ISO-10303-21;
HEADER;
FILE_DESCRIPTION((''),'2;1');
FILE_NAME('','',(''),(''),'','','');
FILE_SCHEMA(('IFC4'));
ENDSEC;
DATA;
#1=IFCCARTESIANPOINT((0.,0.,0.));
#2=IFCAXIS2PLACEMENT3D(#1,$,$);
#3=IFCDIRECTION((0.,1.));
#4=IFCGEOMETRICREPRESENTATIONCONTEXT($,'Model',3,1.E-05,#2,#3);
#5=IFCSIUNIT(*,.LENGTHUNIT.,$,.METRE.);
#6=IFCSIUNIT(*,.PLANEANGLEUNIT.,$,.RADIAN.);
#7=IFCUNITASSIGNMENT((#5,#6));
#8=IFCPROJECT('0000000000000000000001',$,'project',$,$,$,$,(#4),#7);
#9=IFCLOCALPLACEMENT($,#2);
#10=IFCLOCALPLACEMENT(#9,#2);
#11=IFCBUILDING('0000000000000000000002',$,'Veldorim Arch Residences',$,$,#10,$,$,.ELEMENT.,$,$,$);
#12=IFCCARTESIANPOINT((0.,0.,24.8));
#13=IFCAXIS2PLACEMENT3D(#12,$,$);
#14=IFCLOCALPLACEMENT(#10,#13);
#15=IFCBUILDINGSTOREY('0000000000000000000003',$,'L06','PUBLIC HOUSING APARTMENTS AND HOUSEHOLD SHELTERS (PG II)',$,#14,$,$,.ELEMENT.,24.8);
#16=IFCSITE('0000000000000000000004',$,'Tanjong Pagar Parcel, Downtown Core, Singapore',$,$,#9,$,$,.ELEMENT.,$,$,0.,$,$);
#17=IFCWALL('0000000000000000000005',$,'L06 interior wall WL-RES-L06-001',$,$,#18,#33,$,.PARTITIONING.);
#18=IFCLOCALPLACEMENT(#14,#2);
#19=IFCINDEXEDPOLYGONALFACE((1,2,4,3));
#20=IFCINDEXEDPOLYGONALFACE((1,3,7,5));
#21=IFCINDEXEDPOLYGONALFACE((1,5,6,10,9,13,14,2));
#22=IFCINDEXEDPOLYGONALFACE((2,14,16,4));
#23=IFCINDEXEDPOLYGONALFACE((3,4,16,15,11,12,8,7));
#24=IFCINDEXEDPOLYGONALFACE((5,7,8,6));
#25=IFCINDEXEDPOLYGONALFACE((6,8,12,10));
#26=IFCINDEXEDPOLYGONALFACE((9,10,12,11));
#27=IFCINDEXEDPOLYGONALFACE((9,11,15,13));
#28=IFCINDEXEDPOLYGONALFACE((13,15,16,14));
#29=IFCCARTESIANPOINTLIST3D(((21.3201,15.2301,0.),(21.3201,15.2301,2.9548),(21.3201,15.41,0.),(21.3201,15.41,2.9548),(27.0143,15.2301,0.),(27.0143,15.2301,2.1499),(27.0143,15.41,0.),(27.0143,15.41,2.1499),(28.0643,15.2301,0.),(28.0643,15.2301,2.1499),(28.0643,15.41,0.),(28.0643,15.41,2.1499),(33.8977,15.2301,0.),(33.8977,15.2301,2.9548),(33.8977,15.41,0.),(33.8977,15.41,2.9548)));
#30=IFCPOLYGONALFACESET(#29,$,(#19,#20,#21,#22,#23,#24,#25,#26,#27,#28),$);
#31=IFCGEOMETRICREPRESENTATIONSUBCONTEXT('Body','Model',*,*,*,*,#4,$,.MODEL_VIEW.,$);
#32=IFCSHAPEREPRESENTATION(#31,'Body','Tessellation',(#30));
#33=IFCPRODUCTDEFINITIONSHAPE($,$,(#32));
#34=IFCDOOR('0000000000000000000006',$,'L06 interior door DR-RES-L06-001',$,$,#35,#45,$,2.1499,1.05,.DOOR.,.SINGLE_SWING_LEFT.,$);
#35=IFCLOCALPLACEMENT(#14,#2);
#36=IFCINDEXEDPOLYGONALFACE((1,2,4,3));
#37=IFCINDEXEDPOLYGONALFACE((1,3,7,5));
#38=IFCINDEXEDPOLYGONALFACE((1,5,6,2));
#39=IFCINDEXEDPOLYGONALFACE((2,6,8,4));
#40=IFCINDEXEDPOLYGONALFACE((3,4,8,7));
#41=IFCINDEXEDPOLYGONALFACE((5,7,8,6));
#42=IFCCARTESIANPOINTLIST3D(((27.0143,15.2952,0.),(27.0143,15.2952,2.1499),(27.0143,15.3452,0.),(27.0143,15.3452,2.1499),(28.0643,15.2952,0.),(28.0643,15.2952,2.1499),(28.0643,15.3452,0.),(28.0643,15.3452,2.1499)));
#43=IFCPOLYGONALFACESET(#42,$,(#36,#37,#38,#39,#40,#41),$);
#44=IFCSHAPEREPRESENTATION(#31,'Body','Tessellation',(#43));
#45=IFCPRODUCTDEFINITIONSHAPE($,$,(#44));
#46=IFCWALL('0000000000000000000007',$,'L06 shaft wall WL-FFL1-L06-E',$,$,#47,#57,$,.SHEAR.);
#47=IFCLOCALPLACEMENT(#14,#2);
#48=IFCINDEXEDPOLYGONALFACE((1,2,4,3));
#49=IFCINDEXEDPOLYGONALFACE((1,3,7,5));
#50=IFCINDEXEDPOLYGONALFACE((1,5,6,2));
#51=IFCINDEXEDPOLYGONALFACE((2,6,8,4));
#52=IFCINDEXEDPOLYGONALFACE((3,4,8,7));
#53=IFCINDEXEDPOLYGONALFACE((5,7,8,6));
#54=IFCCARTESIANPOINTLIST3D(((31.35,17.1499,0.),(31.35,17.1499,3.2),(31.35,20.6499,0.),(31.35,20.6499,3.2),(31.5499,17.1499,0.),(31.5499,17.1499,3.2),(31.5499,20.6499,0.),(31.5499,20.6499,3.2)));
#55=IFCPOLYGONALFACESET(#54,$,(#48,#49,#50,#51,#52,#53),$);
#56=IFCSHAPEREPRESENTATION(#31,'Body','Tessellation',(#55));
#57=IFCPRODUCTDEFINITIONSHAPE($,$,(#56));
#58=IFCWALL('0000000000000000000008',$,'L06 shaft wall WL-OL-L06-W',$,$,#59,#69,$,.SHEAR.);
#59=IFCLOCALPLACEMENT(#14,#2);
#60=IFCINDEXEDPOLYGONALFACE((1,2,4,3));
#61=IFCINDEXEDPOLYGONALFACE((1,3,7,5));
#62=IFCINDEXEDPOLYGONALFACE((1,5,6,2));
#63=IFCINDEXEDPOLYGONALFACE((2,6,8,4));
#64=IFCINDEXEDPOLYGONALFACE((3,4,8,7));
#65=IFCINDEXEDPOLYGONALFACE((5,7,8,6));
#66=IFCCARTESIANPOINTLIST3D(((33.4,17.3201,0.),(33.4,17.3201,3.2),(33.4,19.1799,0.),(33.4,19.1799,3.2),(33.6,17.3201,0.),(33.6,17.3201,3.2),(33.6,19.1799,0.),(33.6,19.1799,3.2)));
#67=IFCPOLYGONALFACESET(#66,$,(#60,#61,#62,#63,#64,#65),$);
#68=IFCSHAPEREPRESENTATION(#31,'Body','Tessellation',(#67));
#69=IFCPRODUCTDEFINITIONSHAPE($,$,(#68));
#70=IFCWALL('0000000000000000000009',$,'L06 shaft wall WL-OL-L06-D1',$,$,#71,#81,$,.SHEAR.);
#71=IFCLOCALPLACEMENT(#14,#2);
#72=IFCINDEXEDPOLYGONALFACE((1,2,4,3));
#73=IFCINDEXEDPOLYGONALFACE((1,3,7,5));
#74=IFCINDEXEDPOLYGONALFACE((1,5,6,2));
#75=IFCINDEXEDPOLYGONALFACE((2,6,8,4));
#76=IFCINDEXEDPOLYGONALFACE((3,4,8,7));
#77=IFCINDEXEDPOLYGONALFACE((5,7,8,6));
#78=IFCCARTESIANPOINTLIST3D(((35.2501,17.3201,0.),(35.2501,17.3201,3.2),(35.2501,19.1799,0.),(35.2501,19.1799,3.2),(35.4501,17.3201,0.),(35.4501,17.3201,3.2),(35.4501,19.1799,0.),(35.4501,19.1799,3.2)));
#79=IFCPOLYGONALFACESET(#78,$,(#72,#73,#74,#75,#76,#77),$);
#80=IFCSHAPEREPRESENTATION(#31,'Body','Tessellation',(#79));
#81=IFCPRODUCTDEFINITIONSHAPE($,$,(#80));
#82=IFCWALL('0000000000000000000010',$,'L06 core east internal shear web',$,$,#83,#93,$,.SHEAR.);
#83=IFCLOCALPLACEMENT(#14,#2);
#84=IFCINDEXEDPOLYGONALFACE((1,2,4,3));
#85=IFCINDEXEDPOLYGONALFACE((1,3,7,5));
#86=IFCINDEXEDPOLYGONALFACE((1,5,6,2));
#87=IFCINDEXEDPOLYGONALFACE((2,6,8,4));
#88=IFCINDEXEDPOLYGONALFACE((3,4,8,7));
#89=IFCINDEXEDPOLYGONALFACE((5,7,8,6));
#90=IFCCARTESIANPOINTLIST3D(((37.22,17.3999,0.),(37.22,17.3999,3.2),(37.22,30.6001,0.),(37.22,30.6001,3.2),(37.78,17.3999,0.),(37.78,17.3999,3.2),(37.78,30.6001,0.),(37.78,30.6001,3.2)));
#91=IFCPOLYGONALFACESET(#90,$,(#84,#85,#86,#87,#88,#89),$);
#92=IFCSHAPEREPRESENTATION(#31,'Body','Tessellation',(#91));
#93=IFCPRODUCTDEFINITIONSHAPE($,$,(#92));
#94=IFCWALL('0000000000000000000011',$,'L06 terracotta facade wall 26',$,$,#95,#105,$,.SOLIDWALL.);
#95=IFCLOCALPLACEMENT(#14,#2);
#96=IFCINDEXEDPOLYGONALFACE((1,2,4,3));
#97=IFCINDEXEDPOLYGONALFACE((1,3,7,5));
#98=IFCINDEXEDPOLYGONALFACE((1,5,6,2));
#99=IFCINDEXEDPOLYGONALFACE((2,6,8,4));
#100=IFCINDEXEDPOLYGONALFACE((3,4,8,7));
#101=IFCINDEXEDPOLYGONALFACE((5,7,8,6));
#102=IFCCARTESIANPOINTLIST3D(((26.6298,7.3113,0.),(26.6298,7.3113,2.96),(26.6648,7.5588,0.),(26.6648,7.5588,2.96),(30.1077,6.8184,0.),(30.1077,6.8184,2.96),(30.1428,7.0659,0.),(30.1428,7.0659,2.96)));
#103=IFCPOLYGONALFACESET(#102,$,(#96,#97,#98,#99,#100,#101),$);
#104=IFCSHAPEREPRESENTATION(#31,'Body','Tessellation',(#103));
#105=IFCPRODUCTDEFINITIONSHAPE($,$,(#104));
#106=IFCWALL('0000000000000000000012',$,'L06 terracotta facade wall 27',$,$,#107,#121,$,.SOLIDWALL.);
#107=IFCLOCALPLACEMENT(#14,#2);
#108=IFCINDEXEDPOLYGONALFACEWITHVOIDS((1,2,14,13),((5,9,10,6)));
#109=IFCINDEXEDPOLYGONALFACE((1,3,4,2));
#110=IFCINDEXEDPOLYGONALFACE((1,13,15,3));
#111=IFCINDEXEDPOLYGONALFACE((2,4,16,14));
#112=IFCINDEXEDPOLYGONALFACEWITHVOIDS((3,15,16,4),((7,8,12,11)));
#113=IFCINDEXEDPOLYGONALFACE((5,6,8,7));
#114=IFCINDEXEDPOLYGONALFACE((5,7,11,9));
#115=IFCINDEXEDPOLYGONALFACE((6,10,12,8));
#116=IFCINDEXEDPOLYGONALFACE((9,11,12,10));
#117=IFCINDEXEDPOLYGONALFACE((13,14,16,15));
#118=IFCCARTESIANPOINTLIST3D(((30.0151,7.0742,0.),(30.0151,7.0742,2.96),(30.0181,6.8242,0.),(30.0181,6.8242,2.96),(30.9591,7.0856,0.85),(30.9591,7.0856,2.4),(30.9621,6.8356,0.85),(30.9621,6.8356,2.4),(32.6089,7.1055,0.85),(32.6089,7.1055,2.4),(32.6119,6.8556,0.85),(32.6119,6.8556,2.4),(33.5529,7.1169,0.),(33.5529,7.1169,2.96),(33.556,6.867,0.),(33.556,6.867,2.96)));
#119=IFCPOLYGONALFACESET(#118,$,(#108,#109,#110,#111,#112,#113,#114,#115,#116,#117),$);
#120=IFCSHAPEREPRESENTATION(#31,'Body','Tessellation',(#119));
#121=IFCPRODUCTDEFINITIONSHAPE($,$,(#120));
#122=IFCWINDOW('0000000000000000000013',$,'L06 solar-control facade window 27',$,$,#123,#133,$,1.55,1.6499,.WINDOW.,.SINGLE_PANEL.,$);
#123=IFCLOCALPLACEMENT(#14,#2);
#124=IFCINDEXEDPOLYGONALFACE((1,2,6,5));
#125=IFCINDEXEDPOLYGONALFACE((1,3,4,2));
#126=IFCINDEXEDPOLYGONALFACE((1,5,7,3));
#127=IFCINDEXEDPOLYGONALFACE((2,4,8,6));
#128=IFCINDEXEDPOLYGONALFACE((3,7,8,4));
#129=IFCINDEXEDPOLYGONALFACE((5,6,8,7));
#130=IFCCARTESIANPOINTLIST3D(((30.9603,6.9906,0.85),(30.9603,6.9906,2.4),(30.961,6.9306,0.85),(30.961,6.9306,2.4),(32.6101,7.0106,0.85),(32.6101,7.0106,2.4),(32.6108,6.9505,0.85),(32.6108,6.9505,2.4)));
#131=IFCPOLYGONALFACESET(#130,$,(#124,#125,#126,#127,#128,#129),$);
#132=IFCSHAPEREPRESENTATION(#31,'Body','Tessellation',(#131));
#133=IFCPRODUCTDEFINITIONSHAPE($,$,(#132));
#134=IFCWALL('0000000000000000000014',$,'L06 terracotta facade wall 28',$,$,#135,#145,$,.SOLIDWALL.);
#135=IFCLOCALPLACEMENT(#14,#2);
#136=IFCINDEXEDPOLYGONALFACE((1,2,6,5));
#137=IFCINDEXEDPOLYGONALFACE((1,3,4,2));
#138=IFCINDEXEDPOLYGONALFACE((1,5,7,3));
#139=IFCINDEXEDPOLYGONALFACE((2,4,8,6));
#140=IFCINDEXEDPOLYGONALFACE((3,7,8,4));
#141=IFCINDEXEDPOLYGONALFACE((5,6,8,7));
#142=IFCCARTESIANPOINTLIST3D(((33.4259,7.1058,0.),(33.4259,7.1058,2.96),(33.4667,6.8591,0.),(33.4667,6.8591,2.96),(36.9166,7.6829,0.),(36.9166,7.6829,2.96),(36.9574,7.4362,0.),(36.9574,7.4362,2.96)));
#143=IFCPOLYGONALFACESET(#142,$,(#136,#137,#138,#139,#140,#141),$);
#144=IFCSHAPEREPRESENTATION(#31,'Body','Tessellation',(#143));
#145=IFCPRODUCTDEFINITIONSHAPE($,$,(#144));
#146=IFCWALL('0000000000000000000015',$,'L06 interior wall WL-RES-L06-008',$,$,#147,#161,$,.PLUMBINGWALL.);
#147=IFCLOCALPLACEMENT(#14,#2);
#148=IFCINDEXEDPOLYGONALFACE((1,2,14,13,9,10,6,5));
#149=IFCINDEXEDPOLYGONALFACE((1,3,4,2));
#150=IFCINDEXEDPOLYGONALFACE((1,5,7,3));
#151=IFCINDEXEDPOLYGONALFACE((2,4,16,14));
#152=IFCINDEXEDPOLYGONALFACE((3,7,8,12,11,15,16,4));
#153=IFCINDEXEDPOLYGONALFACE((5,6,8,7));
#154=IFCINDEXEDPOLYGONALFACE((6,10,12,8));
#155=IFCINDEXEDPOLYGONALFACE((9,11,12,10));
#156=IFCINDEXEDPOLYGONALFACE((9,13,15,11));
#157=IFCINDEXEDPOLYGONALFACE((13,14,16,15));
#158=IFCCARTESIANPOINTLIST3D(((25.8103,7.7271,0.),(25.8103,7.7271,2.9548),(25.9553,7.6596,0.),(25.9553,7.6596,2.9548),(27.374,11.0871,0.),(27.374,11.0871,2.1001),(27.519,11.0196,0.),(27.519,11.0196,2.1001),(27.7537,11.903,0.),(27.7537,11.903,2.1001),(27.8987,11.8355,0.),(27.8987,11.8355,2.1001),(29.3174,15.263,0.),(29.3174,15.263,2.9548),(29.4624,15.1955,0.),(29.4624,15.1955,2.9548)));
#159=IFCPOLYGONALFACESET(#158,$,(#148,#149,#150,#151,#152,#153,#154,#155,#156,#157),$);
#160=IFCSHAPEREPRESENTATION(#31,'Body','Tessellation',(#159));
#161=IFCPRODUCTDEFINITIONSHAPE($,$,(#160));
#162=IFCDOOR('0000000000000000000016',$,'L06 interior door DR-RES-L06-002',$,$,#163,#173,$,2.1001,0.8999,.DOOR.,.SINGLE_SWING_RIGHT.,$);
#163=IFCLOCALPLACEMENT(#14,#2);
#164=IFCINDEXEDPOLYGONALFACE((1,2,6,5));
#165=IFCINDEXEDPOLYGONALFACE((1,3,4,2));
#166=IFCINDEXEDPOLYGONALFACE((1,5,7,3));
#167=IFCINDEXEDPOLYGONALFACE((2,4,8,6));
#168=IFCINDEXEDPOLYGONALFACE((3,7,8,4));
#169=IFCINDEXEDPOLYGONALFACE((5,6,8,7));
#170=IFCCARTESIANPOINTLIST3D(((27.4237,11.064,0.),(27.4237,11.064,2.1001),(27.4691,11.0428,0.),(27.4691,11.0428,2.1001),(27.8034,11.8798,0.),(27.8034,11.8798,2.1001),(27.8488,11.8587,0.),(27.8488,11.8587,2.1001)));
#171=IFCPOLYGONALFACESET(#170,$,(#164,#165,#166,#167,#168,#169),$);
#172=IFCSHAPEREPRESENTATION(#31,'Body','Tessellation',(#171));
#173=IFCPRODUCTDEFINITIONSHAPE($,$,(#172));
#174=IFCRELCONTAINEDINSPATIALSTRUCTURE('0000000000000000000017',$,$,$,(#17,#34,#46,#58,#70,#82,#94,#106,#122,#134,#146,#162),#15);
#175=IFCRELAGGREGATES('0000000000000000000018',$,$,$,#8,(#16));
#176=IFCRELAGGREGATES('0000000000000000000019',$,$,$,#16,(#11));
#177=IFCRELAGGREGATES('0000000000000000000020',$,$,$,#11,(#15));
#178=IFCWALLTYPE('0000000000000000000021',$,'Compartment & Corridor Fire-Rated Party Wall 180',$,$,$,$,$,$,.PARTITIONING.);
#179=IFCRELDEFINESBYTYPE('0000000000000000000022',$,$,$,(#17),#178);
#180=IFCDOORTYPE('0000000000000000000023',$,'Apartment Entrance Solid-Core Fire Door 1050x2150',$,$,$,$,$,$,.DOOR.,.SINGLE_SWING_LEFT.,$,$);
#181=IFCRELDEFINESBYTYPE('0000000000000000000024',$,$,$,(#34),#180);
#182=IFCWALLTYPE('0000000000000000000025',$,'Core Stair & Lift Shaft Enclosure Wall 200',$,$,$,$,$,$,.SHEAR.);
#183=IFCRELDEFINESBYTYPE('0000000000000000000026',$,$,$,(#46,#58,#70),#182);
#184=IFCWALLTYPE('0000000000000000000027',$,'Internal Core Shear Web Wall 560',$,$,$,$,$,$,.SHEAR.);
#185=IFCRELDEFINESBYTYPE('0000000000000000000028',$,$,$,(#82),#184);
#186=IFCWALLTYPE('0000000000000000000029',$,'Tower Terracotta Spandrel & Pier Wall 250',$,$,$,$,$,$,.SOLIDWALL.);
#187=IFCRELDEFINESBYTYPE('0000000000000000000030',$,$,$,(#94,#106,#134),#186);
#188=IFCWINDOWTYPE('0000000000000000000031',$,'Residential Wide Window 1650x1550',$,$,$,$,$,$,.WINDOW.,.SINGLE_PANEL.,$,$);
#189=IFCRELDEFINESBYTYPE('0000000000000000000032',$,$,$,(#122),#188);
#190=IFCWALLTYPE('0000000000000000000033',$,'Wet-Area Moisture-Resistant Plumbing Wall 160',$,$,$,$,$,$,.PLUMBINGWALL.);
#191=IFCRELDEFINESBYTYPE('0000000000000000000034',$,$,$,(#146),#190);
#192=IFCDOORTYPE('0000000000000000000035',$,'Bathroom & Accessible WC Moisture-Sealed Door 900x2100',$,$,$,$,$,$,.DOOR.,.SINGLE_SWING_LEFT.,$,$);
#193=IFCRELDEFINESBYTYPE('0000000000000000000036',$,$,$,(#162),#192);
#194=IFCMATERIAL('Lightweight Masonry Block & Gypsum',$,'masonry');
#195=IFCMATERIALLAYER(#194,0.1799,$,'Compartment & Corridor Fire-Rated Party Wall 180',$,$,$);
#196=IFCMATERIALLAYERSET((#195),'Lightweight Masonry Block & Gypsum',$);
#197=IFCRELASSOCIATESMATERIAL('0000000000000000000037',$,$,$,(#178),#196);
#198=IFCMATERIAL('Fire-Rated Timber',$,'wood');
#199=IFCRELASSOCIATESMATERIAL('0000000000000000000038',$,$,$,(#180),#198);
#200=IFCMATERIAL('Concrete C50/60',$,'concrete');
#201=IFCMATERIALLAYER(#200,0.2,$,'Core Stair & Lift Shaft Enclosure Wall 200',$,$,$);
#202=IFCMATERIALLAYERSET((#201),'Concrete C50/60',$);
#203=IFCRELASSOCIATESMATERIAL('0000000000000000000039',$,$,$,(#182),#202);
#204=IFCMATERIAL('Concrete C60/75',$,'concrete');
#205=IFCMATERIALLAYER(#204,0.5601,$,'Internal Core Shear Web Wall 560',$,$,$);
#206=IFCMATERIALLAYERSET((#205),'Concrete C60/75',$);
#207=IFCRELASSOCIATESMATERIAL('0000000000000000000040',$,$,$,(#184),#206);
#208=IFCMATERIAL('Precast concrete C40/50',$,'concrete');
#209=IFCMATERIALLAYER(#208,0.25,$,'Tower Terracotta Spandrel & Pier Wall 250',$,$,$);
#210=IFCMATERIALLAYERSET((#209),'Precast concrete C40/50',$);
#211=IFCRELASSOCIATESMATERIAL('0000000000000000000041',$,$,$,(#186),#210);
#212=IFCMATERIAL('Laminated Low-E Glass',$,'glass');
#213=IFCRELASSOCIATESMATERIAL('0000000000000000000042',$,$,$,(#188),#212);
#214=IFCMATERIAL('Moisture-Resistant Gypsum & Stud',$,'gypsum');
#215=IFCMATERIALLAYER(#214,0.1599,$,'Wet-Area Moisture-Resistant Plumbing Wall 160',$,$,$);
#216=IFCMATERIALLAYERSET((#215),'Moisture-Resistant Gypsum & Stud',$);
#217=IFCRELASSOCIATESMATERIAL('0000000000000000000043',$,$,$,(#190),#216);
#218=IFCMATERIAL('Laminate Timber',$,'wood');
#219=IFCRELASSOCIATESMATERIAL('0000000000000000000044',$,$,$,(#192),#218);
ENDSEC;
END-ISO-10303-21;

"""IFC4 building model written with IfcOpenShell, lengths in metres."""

from ifc_helpers import new_model, si_unit, direction, frame, frame_2d, origin, place, context, subcontext, project, spatial, rectangle, extrude, material, layer, layer_set, type_object, element, fill, save


model = new_model("IFC4")

# Units and contexts
model_context = context("Model", 3, precision=1e-05, world=origin(), true_north=direction((0.0, 1.0)))
body_context = subcontext(model_context, "Body", "Model", "MODEL_VIEW")
ifc_project = project(units=[si_unit("LENGTHUNIT", "METRE"), si_unit("PLANEANGLEUNIT", "RADIAN")], contexts=[model_context])

# Site, building, storey
site_placement = place(None, origin())
site = spatial("IfcSite", under=ifc_project, at=site_placement, Name="Tanjong Pagar Parcel, Downtown Core, Singapore", CompositionType="ELEMENT", RefElevation=0.0)
building_placement = place(site_placement, origin())
building = spatial("IfcBuilding", under=site, at=building_placement, Name="Veldorim Arch Residences", CompositionType="ELEMENT")
storey_placement = place(building_placement, frame((0.0, 0.0, 24.8)))
storey = spatial("IfcBuildingStorey", under=building, at=storey_placement, Name="L06", Description="PUBLIC HOUSING APARTMENTS AND HOUSEHOLD SHELTERS (PG II)", CompositionType="ELEMENT", Elevation=24.8)

# Shared definitions
ifc_material_1 = material(Name="Lightweight Masonry Block & Gypsum", Category="masonry")
ifc_layer_1 = layer(ifc_material_1, 0.1799, Name="Compartment & Corridor Fire-Rated Party Wall 180")
ifc_layer_set_1 = layer_set([ifc_layer_1], Name="Lightweight Masonry Block & Gypsum")
wall_type_1 = type_object("IfcWallType", Name="Compartment & Corridor Fire-Rated Party Wall 180", PredefinedType="PARTITIONING", material=ifc_layer_set_1)

# Wall, opening, door
wall_1_placement = place(storey_placement, frame((33.8977, 15.3201, 0.0), z_axis=(0.0, 0.0, 1.0), x_axis=(-1.0, 0.0, 0.0)))
wall_1 = element("IfcWall", 1, at=wall_1_placement, inside=storey, type_object=wall_type_1, Name="L06 interior wall WL-RES-L06-001", PredefinedType="PARTITIONING", context=body_context, shape_type="SweptSolid", body=[
    extrude(rectangle(XDim=12.5776, YDim=0.1799, at=frame_2d((6.2888, 0.0))), origin(), (0.0, 0.0, 1.0), 2.9548),
])
opening_1_placement = place(wall_1_placement, frame((5.8335, 0.0, 0.0)))
opening_1 = element("IfcOpeningElement", 2, at=opening_1_placement, cuts=wall_1, PredefinedType="OPENING", context=body_context, shape_type="SweptSolid", body=[
    extrude(rectangle(XDim=1.05, YDim=2.1499, at=frame_2d((0.5249, 1.075))), frame((0.0, 0.0999, 0.0), z_axis=(0.0, -1.0, 0.0), x_axis=(1.0, 0.0, 0.0)), (0.0, 0.0, 1.0), 0.2),
])
ifc_material_2 = material(Name="Fire-Rated Timber", Category="wood")
door_type_1 = type_object("IfcDoorType", Name="Apartment Entrance Solid-Core Fire Door 1050x2150", OperationType="SINGLE_SWING_LEFT", PredefinedType="DOOR", material=ifc_material_2)
door_1_placement = place(opening_1_placement, origin())
door_1 = element("IfcDoor", 3, at=door_1_placement, inside=storey, type_object=door_type_1, Name="L06 interior door DR-RES-L06-001", OperationType="SINGLE_SWING_LEFT", OverallHeight=2.1499, OverallWidth=1.05, PredefinedType="DOOR", context=body_context, shape_type="SweptSolid", body=[
    extrude(rectangle(XDim=1.05, YDim=2.1499, at=frame_2d((0.5249, 1.075))), frame((0.0, 0.0249, 0.0), z_axis=(0.0, -1.0, 0.0), x_axis=(1.0, 0.0, 0.0)), (0.0, 0.0, 1.0), 0.05),
])
fill(opening_1, door_1)

# Walls
ifc_material_3 = material(Name="Concrete C50/60", Category="concrete")
ifc_layer_2 = layer(ifc_material_3, 0.2, Name="Core Stair & Lift Shaft Enclosure Wall 200")
ifc_layer_set_2 = layer_set([ifc_layer_2], Name="Concrete C50/60")
wall_type_2 = type_object("IfcWallType", Name="Core Stair & Lift Shaft Enclosure Wall 200", PredefinedType="SHEAR", material=ifc_layer_set_2)
wall_2_placement = place(storey_placement, frame((31.45, 17.1499, 0.0), z_axis=(0.0, 0.0, 1.0), x_axis=(0.0, 1.0, 0.0)))
element("IfcWall", 4, at=wall_2_placement, inside=storey, type_object=wall_type_2, Name="L06 shaft wall WL-FFL1-L06-E", PredefinedType="SHEAR", context=body_context, shape_type="SweptSolid", body=[
    extrude(rectangle(XDim=3.5, YDim=0.2, at=frame_2d((1.75, 0.0))), origin(), (0.0, 0.0, 1.0), 3.2),
])
for number, where, z_axis, x_axis, name in (
    (5, (33.5, 17.3201, 0.0), (0.0, 0.0, 1.0), (0.0, 1.0, 0.0), "L06 shaft wall WL-OL-L06-W"),
    (6, (35.3501, 17.3201, 0.0), (0.0, 0.0, 1.0), (0.0, 1.0, 0.0), "L06 shaft wall WL-OL-L06-D1"),
):
    element("IfcWall", number, at=place(storey_placement, frame(where, z_axis=z_axis, x_axis=x_axis)), inside=storey, type_object=wall_type_2, Name=name, PredefinedType="SHEAR", context=body_context, shape_type="SweptSolid", body=[
        extrude(rectangle(XDim=1.8599, YDim=0.2, at=frame_2d((0.9299, 0.0))), origin(), (0.0, 0.0, 1.0), 3.2),
    ])
ifc_material_4 = material(Name="Concrete C60/75", Category="concrete")
ifc_layer_3 = layer(ifc_material_4, 0.5601, Name="Internal Core Shear Web Wall 560")
ifc_layer_set_3 = layer_set([ifc_layer_3], Name="Concrete C60/75")
wall_type_3 = type_object("IfcWallType", Name="Internal Core Shear Web Wall 560", PredefinedType="SHEAR", material=ifc_layer_set_3)
wall_3_placement = place(storey_placement, frame((37.5, 17.3999, 0.0), z_axis=(0.0, 0.0, 1.0), x_axis=(0.0, 1.0, 0.0)))
element("IfcWall", 7, at=wall_3_placement, inside=storey, type_object=wall_type_3, Name="L06 core east internal shear web", PredefinedType="SHEAR", context=body_context, shape_type="SweptSolid", body=[
    extrude(rectangle(XDim=13.2002, YDim=0.5601, at=frame_2d((6.6001, 0.0))), origin(), (0.0, 0.0, 1.0), 3.2),
])
ifc_material_5 = material(Name="Precast concrete C40/50", Category="concrete")
ifc_layer_4 = layer(ifc_material_5, 0.25, Name="Tower Terracotta Spandrel & Pier Wall 250")
ifc_layer_set_4 = layer_set([ifc_layer_4], Name="Precast concrete C40/50")
wall_type_4 = type_object("IfcWallType", Name="Tower Terracotta Spandrel & Pier Wall 250", PredefinedType="SOLIDWALL", material=ifc_layer_set_4)
wall_4_placement = place(storey_placement, frame((30.1252, 6.9421, 0.0), z_axis=(0.0, 0.0, 1.0), x_axis=(-0.990106, 0.140322, 0.0)))
element("IfcWall", 8, at=wall_4_placement, inside=storey, type_object=wall_type_4, Name="L06 terracotta facade wall 26", PredefinedType="SOLIDWALL", context=body_context, shape_type="SweptSolid", body=[
    extrude(rectangle(XDim=3.5127, YDim=0.25, at=frame_2d((1.7563, 0.0))), origin(), (0.0, 0.0, 1.0), 2.96),
])

# Wall, opening, window
wall_5_placement = place(storey_placement, frame((33.5544, 6.9919, 0.0), z_axis=(0.0, 0.0, 1.0), x_axis=(-0.999927, -0.012076, 0.0)))
wall_5 = element("IfcWall", 9, at=wall_5_placement, inside=storey, type_object=wall_type_4, Name="L06 terracotta facade wall 27", PredefinedType="SOLIDWALL", context=body_context, shape_type="SweptSolid", body=[
    extrude(rectangle(XDim=3.5381, YDim=0.25, at=frame_2d((1.769, 0.0))), origin(), (0.0, 0.0, 1.0), 2.96),
])
opening_2_placement = place(wall_5_placement, frame((0.9441, 0.0, 0.8501)))
opening_2 = element("IfcOpeningElement", 10, at=opening_2_placement, cuts=wall_5, PredefinedType="OPENING", context=body_context, shape_type="SweptSolid", body=[
    extrude(rectangle(XDim=1.6499, YDim=1.55, at=frame_2d((0.825, 0.7749))), frame((0.0, 0.135, 0.0), z_axis=(0.0, -1.0, 0.0), x_axis=(1.0, 0.0, 0.0)), (0.0, 0.0, 1.0), 0.27),
])
ifc_material_6 = material(Name="Laminated Low-E Glass", Category="glass")
window_type = type_object("IfcWindowType", Name="Residential Wide Window 1650x1550", PartitioningType="SINGLE_PANEL", PredefinedType="WINDOW", material=ifc_material_6)
window_placement = place(opening_2_placement, origin())
window = element("IfcWindow", 11, at=window_placement, inside=storey, type_object=window_type, Name="L06 solar-control facade window 27", OverallHeight=1.55, OverallWidth=1.6499, PartitioningType="SINGLE_PANEL", PredefinedType="WINDOW", context=body_context, shape_type="SweptSolid", body=[
    extrude(rectangle(XDim=1.6499, YDim=1.55, at=frame_2d((0.825, 0.7749))), frame((0.0, 0.03, 0.0), z_axis=(0.0, -1.0, 0.0), x_axis=(1.0, 0.0, 0.0)), (0.0, 0.0, 1.0), 0.0601),
])
fill(opening_2, window)

# Wall
wall_6_placement = place(storey_placement, frame((36.937, 7.5596, 0.0), z_axis=(0.0, 0.0, 1.0), x_axis=(-0.986606, -0.163123, 0.0)))
element("IfcWall", 12, at=wall_6_placement, inside=storey, type_object=wall_type_4, Name="L06 terracotta facade wall 28", PredefinedType="SOLIDWALL", context=body_context, shape_type="SweptSolid", body=[
    extrude(rectangle(XDim=3.5381, YDim=0.25, at=frame_2d((1.769, 0.0))), origin(), (0.0, 0.0, 1.0), 2.96),
])

# Wall, opening, door
ifc_material_7 = material(Name="Moisture-Resistant Gypsum & Stud", Category="gypsum")
ifc_layer_5 = layer(ifc_material_7, 0.1599, Name="Wet-Area Moisture-Resistant Plumbing Wall 160")
ifc_layer_set_5 = layer_set([ifc_layer_5], Name="Moisture-Resistant Gypsum & Stud")
wall_type_5 = type_object("IfcWallType", Name="Wet-Area Moisture-Resistant Plumbing Wall 160", PredefinedType="PLUMBINGWALL", material=ifc_layer_set_5)
wall_7_placement = place(storey_placement, frame((29.3899, 15.2292, 0.0), z_axis=(0.0, 0.0, 1.0), x_axis=(-0.42193, -0.906628, 0.0)))
wall_7 = element("IfcWall", 13, at=wall_7_placement, inside=storey, type_object=wall_type_5, Name="L06 interior wall WL-RES-L06-008", PredefinedType="PLUMBINGWALL", context=body_context, shape_type="SweptSolid", body=[
    extrude(rectangle(XDim=8.312, YDim=0.1599, at=frame_2d((4.156, 0.0))), origin(), (0.0, 0.0, 1.0), 2.9548),
])
opening_3_placement = place(wall_7_placement, frame((3.7061, 0.0, 0.0)))
opening_3 = element("IfcOpeningElement", 14, at=opening_3_placement, cuts=wall_7, PredefinedType="OPENING", context=body_context, shape_type="SweptSolid", body=[
    extrude(rectangle(XDim=0.8999, YDim=2.1001, at=frame_2d((0.45, 1.05))), frame((0.0, 0.0898, 0.0), z_axis=(0.0, -1.0, 0.0), x_axis=(1.0, 0.0, 0.0)), (0.0, 0.0, 1.0), 0.1799),
])
ifc_material_8 = material(Name="Laminate Timber", Category="wood")
door_type_2 = type_object("IfcDoorType", Name="Bathroom & Accessible WC Moisture-Sealed Door 900x2100", OperationType="SINGLE_SWING_LEFT", PredefinedType="DOOR", material=ifc_material_8)
door_2_placement = place(opening_3_placement, origin())
door_2 = element("IfcDoor", 15, at=door_2_placement, inside=storey, type_object=door_type_2, Name="L06 interior door DR-RES-L06-002", OperationType="SINGLE_SWING_RIGHT", OverallHeight=2.1001, OverallWidth=0.8999, PredefinedType="DOOR", context=body_context, shape_type="SweptSolid", body=[
    extrude(rectangle(XDim=0.8999, YDim=2.1001, at=frame_2d((0.45, 1.05))), frame((0.0, 0.0249, 0.0), z_axis=(0.0, -1.0, 0.0), x_axis=(1.0, 0.0, 0.0)), (0.0, 0.0, 1.0), 0.05),
])
fill(opening_3, door_2)

save(model, "model.ifc")
